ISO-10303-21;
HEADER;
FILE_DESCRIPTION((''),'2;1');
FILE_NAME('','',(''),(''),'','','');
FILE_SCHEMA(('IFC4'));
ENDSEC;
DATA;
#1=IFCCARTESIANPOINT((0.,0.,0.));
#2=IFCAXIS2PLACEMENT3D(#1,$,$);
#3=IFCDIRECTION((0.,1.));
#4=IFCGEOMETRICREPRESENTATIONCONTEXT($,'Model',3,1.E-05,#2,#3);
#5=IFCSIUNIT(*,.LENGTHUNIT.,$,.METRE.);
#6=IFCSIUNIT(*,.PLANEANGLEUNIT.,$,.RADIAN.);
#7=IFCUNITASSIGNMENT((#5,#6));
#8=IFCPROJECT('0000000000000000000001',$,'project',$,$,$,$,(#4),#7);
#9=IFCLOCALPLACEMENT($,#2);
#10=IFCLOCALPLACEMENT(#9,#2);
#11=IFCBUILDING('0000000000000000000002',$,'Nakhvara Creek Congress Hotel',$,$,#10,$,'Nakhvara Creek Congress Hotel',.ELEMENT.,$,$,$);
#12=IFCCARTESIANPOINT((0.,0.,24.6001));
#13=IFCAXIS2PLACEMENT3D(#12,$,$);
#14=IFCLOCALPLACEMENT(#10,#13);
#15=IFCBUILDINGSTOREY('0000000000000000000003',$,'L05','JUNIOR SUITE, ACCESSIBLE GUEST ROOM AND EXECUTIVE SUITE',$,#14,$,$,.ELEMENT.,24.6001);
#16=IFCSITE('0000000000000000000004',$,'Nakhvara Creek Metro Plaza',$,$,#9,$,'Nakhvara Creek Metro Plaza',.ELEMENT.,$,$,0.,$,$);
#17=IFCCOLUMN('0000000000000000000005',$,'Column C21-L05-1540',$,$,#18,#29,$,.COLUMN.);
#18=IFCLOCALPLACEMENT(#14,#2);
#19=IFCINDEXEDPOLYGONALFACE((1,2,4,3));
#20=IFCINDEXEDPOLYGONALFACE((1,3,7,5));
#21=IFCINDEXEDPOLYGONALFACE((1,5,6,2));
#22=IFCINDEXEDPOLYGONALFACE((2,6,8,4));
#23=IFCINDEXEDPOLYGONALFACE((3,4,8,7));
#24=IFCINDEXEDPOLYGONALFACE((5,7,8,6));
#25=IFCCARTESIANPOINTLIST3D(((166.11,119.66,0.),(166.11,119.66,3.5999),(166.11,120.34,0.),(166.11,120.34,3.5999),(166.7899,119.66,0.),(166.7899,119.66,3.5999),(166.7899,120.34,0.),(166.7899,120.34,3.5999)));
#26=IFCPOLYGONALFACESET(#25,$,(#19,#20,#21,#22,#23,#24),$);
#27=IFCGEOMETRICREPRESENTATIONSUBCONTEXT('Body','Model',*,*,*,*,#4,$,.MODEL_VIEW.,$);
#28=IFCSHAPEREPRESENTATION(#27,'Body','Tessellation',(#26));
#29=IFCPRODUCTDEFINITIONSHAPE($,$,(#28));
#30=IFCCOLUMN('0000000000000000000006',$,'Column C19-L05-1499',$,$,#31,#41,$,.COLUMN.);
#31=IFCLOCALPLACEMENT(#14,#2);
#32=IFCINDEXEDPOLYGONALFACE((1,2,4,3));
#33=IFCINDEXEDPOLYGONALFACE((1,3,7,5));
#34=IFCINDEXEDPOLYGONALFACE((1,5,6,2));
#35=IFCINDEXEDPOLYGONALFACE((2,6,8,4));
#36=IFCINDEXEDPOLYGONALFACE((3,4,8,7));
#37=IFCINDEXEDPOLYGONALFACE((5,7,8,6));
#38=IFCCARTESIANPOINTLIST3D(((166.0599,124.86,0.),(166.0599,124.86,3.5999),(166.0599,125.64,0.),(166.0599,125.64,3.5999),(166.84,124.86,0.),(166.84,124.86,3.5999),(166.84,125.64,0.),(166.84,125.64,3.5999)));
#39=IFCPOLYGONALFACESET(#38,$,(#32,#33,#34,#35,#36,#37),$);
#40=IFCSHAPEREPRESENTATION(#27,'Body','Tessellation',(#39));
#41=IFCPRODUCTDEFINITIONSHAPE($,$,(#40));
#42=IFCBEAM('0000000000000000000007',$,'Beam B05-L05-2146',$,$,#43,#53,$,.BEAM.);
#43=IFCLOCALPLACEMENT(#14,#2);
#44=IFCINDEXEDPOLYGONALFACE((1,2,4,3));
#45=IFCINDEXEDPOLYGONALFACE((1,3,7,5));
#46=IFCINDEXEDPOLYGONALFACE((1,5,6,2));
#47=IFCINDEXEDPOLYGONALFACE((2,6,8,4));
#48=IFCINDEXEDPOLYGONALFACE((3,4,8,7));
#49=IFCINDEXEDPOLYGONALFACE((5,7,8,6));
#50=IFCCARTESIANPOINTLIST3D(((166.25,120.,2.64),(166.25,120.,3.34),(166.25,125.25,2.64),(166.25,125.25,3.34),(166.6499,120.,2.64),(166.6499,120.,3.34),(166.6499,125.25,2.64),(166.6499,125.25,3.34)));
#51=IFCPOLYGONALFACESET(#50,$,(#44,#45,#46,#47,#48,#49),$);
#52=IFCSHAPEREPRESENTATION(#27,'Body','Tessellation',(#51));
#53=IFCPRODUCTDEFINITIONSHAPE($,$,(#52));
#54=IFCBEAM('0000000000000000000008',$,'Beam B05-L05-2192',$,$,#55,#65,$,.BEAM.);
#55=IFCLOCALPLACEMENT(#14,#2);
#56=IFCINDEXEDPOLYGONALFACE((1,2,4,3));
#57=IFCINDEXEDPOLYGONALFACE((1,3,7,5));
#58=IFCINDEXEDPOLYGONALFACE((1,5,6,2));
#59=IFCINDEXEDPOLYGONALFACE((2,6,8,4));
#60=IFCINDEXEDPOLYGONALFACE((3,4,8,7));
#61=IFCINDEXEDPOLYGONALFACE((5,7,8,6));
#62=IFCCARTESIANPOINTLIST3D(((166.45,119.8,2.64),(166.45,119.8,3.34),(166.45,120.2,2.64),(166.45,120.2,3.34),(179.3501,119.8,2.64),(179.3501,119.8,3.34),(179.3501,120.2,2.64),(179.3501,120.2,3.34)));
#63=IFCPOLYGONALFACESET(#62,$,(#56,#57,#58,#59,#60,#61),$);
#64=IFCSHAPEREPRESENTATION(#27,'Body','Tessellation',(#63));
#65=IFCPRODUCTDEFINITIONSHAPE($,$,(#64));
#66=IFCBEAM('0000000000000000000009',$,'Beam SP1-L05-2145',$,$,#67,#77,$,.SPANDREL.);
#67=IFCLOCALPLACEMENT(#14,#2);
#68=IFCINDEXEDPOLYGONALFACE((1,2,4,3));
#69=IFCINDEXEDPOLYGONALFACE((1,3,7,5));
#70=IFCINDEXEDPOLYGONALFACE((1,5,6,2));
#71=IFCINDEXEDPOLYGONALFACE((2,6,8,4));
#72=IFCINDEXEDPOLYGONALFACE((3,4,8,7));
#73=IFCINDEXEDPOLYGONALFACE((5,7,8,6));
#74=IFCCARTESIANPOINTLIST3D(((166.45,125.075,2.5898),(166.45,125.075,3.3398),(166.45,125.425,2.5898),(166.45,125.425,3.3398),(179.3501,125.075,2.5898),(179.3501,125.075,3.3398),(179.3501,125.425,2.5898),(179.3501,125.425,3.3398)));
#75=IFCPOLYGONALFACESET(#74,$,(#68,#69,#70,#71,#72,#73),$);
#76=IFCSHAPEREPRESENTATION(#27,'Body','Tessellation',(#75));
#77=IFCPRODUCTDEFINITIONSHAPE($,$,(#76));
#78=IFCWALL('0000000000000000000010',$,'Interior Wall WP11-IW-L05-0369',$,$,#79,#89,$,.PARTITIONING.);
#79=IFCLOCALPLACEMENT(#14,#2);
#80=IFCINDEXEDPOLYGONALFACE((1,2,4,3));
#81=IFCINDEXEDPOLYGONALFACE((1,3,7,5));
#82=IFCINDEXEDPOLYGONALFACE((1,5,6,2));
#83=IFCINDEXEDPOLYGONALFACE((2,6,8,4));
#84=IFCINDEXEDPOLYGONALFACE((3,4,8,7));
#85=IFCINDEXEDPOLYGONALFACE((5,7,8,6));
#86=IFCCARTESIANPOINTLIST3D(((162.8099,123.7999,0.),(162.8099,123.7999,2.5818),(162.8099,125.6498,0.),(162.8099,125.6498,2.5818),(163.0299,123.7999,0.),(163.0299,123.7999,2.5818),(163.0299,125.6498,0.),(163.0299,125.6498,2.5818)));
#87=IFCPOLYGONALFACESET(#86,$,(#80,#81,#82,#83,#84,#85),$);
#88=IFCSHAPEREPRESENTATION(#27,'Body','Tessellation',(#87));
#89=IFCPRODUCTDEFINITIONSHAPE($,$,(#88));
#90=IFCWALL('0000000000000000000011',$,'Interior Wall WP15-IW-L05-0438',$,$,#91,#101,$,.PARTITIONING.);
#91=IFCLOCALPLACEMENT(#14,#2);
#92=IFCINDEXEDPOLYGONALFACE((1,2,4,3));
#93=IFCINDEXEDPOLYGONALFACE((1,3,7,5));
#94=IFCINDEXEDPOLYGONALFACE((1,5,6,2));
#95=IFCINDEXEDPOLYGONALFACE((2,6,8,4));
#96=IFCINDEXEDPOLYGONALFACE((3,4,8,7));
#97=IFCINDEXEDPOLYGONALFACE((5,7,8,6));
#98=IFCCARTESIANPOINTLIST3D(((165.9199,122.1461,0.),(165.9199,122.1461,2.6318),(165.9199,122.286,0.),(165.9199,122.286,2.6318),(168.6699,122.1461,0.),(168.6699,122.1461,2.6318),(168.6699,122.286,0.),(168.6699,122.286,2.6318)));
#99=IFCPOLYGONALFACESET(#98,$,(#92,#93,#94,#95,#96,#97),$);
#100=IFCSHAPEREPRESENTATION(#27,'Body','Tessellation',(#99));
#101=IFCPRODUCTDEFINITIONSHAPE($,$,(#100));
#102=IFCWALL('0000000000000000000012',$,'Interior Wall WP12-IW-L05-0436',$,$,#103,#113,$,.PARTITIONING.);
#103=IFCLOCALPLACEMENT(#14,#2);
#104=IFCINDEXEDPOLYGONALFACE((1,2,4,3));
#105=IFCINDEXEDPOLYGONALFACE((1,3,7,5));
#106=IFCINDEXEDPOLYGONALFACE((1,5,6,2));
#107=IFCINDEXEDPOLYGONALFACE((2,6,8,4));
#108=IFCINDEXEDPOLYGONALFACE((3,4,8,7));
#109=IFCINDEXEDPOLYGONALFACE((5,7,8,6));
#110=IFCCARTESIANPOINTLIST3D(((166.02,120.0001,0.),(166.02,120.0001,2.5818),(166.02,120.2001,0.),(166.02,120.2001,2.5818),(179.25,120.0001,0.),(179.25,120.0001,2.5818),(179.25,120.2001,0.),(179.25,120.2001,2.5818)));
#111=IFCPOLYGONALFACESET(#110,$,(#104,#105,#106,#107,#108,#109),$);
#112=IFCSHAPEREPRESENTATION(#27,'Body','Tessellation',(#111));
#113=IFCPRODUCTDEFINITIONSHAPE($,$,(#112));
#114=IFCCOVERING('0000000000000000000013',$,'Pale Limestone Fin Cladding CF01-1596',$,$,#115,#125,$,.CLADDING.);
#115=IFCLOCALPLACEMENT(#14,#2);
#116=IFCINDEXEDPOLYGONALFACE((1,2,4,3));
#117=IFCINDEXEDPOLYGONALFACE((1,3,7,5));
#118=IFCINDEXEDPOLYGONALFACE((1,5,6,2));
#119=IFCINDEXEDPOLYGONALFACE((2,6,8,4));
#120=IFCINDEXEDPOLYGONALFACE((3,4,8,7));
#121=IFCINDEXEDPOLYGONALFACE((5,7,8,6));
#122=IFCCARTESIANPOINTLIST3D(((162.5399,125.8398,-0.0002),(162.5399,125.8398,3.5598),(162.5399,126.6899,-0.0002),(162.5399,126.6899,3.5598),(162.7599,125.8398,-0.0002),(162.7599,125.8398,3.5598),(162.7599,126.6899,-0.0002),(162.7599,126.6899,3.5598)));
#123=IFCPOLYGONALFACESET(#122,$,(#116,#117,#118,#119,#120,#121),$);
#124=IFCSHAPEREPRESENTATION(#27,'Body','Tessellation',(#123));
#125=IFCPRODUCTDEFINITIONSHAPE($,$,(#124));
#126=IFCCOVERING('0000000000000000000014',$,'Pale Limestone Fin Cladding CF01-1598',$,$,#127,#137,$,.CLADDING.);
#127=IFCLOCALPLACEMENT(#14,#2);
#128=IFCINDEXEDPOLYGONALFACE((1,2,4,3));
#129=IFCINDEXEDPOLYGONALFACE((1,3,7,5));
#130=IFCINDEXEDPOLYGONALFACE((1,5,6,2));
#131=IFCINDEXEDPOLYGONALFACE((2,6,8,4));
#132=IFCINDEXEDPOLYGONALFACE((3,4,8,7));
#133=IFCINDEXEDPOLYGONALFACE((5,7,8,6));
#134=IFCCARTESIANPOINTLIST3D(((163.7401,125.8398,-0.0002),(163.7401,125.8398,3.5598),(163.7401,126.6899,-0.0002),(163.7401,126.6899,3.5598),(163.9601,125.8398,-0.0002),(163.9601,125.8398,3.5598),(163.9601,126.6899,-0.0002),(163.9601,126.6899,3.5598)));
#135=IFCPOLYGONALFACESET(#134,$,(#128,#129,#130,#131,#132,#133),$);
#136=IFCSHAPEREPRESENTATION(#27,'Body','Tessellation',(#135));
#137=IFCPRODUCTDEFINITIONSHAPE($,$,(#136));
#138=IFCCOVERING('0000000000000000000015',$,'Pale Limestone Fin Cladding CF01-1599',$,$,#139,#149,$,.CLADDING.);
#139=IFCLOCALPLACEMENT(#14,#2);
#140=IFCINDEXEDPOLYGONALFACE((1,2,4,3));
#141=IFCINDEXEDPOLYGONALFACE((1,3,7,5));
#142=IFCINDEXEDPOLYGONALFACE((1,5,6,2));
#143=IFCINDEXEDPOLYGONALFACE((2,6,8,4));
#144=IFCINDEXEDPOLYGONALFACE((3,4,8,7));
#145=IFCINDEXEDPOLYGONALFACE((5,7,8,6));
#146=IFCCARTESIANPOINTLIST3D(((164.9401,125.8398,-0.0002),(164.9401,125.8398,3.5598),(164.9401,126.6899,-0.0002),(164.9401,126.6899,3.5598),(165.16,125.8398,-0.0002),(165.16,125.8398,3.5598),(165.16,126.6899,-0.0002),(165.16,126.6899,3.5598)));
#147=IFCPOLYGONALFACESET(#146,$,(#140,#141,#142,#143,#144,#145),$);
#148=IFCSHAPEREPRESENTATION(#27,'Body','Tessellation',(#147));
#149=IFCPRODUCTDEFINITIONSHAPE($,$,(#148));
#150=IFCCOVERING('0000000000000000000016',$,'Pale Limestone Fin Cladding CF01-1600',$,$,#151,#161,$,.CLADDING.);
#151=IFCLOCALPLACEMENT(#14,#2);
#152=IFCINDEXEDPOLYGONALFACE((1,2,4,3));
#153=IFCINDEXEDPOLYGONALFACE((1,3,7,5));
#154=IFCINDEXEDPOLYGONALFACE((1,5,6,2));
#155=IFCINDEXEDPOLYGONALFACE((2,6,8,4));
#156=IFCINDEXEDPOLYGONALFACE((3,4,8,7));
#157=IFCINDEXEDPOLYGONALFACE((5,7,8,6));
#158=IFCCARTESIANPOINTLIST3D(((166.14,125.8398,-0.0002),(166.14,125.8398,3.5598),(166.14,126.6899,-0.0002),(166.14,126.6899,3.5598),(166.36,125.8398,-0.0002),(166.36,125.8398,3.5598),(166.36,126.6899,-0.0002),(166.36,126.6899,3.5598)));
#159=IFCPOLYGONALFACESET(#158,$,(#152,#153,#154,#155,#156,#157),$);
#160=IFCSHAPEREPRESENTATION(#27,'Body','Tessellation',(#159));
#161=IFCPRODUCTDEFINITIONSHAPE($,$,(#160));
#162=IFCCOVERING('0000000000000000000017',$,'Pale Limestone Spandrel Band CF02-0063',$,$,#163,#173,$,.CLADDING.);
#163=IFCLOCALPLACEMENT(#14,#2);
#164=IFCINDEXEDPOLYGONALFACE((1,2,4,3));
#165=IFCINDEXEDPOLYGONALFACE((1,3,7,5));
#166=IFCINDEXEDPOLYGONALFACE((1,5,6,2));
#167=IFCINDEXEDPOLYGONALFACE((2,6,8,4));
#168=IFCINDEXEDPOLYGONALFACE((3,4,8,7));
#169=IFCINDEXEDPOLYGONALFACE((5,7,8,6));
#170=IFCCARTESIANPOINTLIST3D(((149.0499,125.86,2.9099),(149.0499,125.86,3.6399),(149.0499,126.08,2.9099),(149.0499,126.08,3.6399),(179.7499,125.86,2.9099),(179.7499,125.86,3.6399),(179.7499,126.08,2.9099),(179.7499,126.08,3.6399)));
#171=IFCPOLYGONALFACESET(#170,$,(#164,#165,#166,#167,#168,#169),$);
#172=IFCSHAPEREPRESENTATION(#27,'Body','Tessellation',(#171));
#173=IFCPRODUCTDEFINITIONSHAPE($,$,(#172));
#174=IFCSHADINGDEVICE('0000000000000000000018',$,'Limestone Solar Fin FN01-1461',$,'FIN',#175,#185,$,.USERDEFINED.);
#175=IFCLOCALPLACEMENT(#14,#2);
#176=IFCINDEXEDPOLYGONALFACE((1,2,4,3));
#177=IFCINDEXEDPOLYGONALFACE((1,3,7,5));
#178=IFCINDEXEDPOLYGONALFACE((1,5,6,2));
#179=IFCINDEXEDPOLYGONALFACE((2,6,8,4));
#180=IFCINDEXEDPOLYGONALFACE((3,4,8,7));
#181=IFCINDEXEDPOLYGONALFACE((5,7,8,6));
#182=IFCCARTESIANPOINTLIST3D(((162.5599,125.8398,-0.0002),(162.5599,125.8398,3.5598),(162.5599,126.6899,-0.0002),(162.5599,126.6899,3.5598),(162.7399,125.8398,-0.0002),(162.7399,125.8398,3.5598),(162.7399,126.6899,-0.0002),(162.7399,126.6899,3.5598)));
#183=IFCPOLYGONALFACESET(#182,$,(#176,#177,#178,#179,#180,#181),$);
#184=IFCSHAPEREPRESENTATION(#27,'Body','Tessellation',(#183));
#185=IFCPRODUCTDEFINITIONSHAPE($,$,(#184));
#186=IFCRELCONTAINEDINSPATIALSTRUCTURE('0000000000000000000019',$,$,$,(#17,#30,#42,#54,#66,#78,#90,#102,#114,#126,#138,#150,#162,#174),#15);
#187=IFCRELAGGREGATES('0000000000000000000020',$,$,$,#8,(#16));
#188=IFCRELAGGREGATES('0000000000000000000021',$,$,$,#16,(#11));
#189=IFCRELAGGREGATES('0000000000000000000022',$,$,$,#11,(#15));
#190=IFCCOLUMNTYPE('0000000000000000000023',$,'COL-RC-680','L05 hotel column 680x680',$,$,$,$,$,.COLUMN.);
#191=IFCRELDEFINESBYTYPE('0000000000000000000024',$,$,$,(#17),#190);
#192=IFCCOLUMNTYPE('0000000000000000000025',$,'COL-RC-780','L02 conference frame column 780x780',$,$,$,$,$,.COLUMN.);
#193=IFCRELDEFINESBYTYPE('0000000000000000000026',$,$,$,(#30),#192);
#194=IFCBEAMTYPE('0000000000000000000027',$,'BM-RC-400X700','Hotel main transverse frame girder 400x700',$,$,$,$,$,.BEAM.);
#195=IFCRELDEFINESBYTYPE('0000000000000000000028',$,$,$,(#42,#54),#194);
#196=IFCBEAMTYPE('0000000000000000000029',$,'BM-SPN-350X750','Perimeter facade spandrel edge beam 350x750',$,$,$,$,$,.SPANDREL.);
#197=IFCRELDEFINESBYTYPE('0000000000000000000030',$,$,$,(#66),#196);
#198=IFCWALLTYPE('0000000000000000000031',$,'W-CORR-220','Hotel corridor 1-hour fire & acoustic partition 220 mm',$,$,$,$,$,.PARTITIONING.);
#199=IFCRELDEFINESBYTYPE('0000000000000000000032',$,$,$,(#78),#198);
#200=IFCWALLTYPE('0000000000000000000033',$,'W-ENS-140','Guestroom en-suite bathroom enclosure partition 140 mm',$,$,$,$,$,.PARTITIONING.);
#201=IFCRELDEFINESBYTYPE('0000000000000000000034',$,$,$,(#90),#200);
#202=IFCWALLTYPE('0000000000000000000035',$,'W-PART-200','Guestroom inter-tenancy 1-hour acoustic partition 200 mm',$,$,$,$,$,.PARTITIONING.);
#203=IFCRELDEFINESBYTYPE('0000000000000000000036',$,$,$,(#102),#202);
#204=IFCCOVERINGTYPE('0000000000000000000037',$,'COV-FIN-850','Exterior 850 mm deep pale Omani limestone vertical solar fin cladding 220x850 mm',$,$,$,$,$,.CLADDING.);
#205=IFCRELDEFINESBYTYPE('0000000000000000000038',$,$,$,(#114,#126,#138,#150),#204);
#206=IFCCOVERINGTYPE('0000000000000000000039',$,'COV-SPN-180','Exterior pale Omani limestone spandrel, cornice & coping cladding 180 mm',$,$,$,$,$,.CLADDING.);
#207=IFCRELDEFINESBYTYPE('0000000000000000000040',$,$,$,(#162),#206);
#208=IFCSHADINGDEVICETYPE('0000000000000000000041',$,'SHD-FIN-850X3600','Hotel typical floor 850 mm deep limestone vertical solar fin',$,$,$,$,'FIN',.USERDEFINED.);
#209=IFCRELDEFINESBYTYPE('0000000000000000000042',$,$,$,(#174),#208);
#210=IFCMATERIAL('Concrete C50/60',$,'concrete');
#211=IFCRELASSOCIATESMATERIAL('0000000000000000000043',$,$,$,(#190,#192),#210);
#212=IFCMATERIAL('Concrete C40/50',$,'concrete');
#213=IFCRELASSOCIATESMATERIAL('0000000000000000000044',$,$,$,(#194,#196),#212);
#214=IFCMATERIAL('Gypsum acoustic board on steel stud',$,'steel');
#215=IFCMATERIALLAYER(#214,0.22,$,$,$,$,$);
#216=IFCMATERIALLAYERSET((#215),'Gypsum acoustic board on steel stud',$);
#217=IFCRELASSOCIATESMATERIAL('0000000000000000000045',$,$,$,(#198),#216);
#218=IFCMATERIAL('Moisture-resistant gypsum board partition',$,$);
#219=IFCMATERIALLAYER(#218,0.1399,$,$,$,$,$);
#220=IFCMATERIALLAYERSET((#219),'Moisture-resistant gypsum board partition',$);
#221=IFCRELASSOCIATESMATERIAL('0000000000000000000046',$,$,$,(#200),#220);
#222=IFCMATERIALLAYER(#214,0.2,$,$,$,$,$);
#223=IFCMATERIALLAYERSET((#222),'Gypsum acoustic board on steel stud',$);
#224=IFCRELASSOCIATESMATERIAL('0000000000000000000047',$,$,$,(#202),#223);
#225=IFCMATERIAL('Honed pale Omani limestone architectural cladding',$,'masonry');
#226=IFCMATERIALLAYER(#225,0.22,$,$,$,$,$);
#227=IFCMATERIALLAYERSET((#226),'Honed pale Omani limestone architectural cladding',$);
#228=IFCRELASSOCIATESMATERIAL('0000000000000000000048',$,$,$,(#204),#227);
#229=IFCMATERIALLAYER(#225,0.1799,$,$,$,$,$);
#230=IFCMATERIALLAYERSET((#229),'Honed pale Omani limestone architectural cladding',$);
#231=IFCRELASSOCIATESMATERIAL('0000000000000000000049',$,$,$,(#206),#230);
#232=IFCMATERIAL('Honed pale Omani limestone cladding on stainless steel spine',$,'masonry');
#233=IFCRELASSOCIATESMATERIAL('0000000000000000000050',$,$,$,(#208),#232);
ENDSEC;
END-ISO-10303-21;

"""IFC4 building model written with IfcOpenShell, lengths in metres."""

from ifc_helpers import new_model, si_unit, direction, frame, frame_2d, origin, origin_2d, place, context, subcontext, project, spatial, rectangle, extrude, material, layer, layer_set, material_profile, profile_set, type_object, element, save


model = new_model("IFC4")

# Units and contexts
model_context = context("Model", 3, precision=1e-05, world=origin(), true_north=direction((0.0, 1.0)))
body_context = subcontext(model_context, "Body", "Model", "MODEL_VIEW")
ifc_project = project(units=[si_unit("LENGTHUNIT", "METRE"), si_unit("PLANEANGLEUNIT", "RADIAN")], contexts=[model_context])

# Site, building, storey
site_placement = place(None, origin())
site = spatial("IfcSite", under=ifc_project, at=site_placement, Name="Nakhvara Creek Metro Plaza", LongName="Nakhvara Creek Metro Plaza", CompositionType="ELEMENT", RefElevation=0.0)
building_placement = place(site_placement, origin())
building = spatial("IfcBuilding", under=site, at=building_placement, Name="Nakhvara Creek Congress Hotel", LongName="Nakhvara Creek Congress Hotel", CompositionType="ELEMENT")
storey_placement = place(building_placement, frame((0.0, 0.0, 24.6001)))
storey = spatial("IfcBuildingStorey", under=building, at=storey_placement, Name="L05", Description="JUNIOR SUITE, ACCESSIBLE GUEST ROOM AND EXECUTIVE SUITE", CompositionType="ELEMENT", Elevation=24.6001)

# Columns
ifc_material_1 = material(Name="Concrete C50/60", Category="concrete")
ifc_material_profile_1 = material_profile(ifc_material_1, rectangle(XDim=0.6799, YDim=0.6799, at=origin_2d()), Name="RC-COL 680x680", Category="LoadBearing")
ifc_profile_set_1 = profile_set([ifc_material_profile_1], Name="Concrete C50/60")
column_type_1 = type_object("IfcColumnType", Name="COL-RC-680", Description="L05 hotel column 680x680", PredefinedType="COLUMN", material=ifc_profile_set_1)
column_1_placement = place(storey_placement, frame((166.45, 120.0, 0.0), z_axis=(0.0, 0.0, 1.0), x_axis=(1.0, 0.0, 0.0)))
element("IfcColumn", 1, at=column_1_placement, inside=storey, type_object=column_type_1, Name="Column C21-L05-1540", PredefinedType="COLUMN", context=body_context, shape_type="SweptSolid", body=[
    extrude(rectangle(XDim=0.6799, YDim=0.6799, at=origin_2d()), origin(), (0.0, 0.0, 1.0), 3.5999),
])
ifc_material_profile_2 = material_profile(ifc_material_1, rectangle(XDim=0.78, YDim=0.78, at=origin_2d()), Name="RC-COL 780x780", Category="LoadBearing")
ifc_profile_set_2 = profile_set([ifc_material_profile_2], Name="Concrete C50/60")
column_type_2 = type_object("IfcColumnType", Name="COL-RC-780", Description="L02 conference frame column 780x780", PredefinedType="COLUMN", material=ifc_profile_set_2)
column_2_placement = place(storey_placement, frame((166.45, 125.25, 0.0), z_axis=(0.0, 0.0, 1.0), x_axis=(1.0, 0.0, 0.0)))
element("IfcColumn", 2, at=column_2_placement, inside=storey, type_object=column_type_2, Name="Column C19-L05-1499", PredefinedType="COLUMN", context=body_context, shape_type="SweptSolid", body=[
    extrude(rectangle(XDim=0.78, YDim=0.78, at=origin_2d()), origin(), (0.0, 0.0, 1.0), 3.5999),
])

# Beams
ifc_material_2 = material(Name="Concrete C40/50", Category="concrete")
ifc_material_profile_3 = material_profile(ifc_material_2, rectangle(XDim=0.3999, YDim=0.7, at=origin_2d()), Name="RC-BM 400x700", Category="LoadBearing")
ifc_profile_set_3 = profile_set([ifc_material_profile_3], Name="Concrete C40/50")
beam_type_1 = type_object("IfcBeamType", Name="BM-RC-400X700", Description="Hotel main transverse frame girder 400x700", PredefinedType="BEAM", material=ifc_profile_set_3)
beam_1_placement = place(storey_placement, frame((166.45, 120.0, 2.99), z_axis=(0.0, 1.0, 0.0), x_axis=(-1.0, 0.0, 0.0)))
element("IfcBeam", 3, at=beam_1_placement, inside=storey, type_object=beam_type_1, Name="Beam B05-L05-2146", PredefinedType="BEAM", context=body_context, shape_type="SweptSolid", body=[
    extrude(rectangle(XDim=0.3999, YDim=0.7, at=origin_2d()), origin(), (0.0, 0.0, 1.0), 5.25),
])
beam_2_placement = place(storey_placement, frame((166.45, 120.0, 2.99), z_axis=(1.0, 0.0, 0.0), x_axis=(0.0, 1.0, 0.0)))
element("IfcBeam", 4, at=beam_2_placement, inside=storey, type_object=beam_type_1, Name="Beam B05-L05-2192", PredefinedType="BEAM", context=body_context, shape_type="SweptSolid", body=[
    extrude(rectangle(XDim=0.3999, YDim=0.7, at=origin_2d()), origin(), (0.0, 0.0, 1.0), 12.9001),
])
ifc_material_profile_4 = material_profile(ifc_material_2, rectangle(XDim=0.3501, YDim=0.75, at=origin_2d()), Name="RC-SPANDREL 350x750", Category="LoadBearing")
ifc_profile_set_4 = profile_set([ifc_material_profile_4], Name="Concrete C40/50")
beam_type_2 = type_object("IfcBeamType", Name="BM-SPN-350X750", Description="Perimeter facade spandrel edge beam 350x750", PredefinedType="SPANDREL", material=ifc_profile_set_4)
beam_3_placement = place(storey_placement, frame((166.45, 125.25, 2.9648), z_axis=(1.0, 0.0, 0.0), x_axis=(0.0, 1.0, 0.0)))
element("IfcBeam", 5, at=beam_3_placement, inside=storey, type_object=beam_type_2, Name="Beam SP1-L05-2145", PredefinedType="SPANDREL", context=body_context, shape_type="SweptSolid", body=[
    extrude(rectangle(XDim=0.3501, YDim=0.75, at=origin_2d()), origin(), (0.0, 0.0, 1.0), 12.9001),
])

# Walls
ifc_material_3 = material(Name="Gypsum acoustic board on steel stud", Category="steel")
ifc_layer_1 = layer(ifc_material_3, 0.22)
ifc_layer_set_1 = layer_set([ifc_layer_1], Name="Gypsum acoustic board on steel stud")
wall_type_1 = type_object("IfcWallType", Name="W-CORR-220", Description="Hotel corridor 1-hour fire & acoustic partition 220 mm", PredefinedType="PARTITIONING", material=ifc_layer_set_1)
wall_1_placement = place(storey_placement, frame((162.9199, 123.8, 0.0), z_axis=(0.0, 0.0, 1.0), x_axis=(0.0, 1.0, 0.0)))
element("IfcWall", 6, at=wall_1_placement, inside=storey, type_object=wall_type_1, Name="Interior Wall WP11-IW-L05-0369", PredefinedType="PARTITIONING", context=body_context, shape_type="SweptSolid", body=[
    extrude(rectangle(XDim=1.8499, YDim=0.22, at=frame_2d((0.9248, 0.0))), origin(), (0.0, 0.0, 1.0), 2.5818),
])
ifc_material_4 = material(Name="Moisture-resistant gypsum board partition")
ifc_layer_2 = layer(ifc_material_4, 0.1399)
ifc_layer_set_2 = layer_set([ifc_layer_2], Name="Moisture-resistant gypsum board partition")
wall_type_2 = type_object("IfcWallType", Name="W-ENS-140", Description="Guestroom en-suite bathroom enclosure partition 140 mm", PredefinedType="PARTITIONING", material=ifc_layer_set_2)
wall_2_placement = place(storey_placement, frame((165.9199, 122.2161, 0.0), z_axis=(0.0, 0.0, 1.0), x_axis=(1.0, 0.0, 0.0)))
element("IfcWall", 7, at=wall_2_placement, inside=storey, type_object=wall_type_2, Name="Interior Wall WP15-IW-L05-0438", PredefinedType="PARTITIONING", context=body_context, shape_type="SweptSolid", body=[
    extrude(rectangle(XDim=2.75, YDim=0.1399, at=frame_2d((1.375, 0.0))), origin(), (0.0, 0.0, 1.0), 2.6318),
])
ifc_layer_3 = layer(ifc_material_3, 0.2)
ifc_layer_set_3 = layer_set([ifc_layer_3], Name="Gypsum acoustic board on steel stud")
wall_type_3 = type_object("IfcWallType", Name="W-PART-200", Description="Guestroom inter-tenancy 1-hour acoustic partition 200 mm", PredefinedType="PARTITIONING", material=ifc_layer_set_3)
wall_3_placement = place(storey_placement, frame((166.02, 120.1001, 0.0), z_axis=(0.0, 0.0, 1.0), x_axis=(1.0, 0.0, 0.0)))
element("IfcWall", 8, at=wall_3_placement, inside=storey, type_object=wall_type_3, Name="Interior Wall WP12-IW-L05-0436", PredefinedType="PARTITIONING", context=body_context, shape_type="SweptSolid", body=[
    extrude(rectangle(XDim=13.23, YDim=0.2, at=frame_2d((6.615, 0.0))), origin(), (0.0, 0.0, 1.0), 2.5818),
])

# Coverings
ifc_material_5 = material(Name="Honed pale Omani limestone architectural cladding", Category="masonry")
ifc_layer_4 = layer(ifc_material_5, 0.22)
ifc_layer_set_4 = layer_set([ifc_layer_4], Name="Honed pale Omani limestone architectural cladding")
covering_type_1 = type_object("IfcCoveringType", Name="COV-FIN-850", Description="Exterior 850 mm deep pale Omani limestone vertical solar fin cladding 220x850 mm", PredefinedType="CLADDING", material=ifc_layer_set_4)
for number, where, z_axis, x_axis, name in (
    (9, (162.6499, 126.2649, -0.0002), (0.0, 0.0, 1.0), (1.0, 0.0, 0.0), "Pale Limestone Fin Cladding CF01-1596"),
    (10, (163.8501, 126.2649, -0.0002), (0.0, 0.0, 1.0), (1.0, 0.0, 0.0), "Pale Limestone Fin Cladding CF01-1598"),
    (11, (165.05, 126.2649, -0.0002), (0.0, 0.0, 1.0), (1.0, 0.0, 0.0), "Pale Limestone Fin Cladding CF01-1599"),
    (12, (166.25, 126.2649, -0.0002), (0.0, 0.0, 1.0), (1.0, 0.0, 0.0), "Pale Limestone Fin Cladding CF01-1600"),
):
    element("IfcCovering", number, at=place(storey_placement, frame(where, z_axis=z_axis, x_axis=x_axis)), inside=storey, type_object=covering_type_1, Name=name, PredefinedType="CLADDING", context=body_context, shape_type="SweptSolid", body=[
        extrude(rectangle(XDim=0.22, YDim=0.8501, at=origin_2d()), origin(), (0.0, 0.0, 1.0), 3.5601),
    ])
ifc_layer_5 = layer(ifc_material_5, 0.1799)
ifc_layer_set_5 = layer_set([ifc_layer_5], Name="Honed pale Omani limestone architectural cladding")
covering_type_2 = type_object("IfcCoveringType", Name="COV-SPN-180", Description="Exterior pale Omani limestone spandrel, cornice & coping cladding 180 mm", PredefinedType="CLADDING", material=ifc_layer_set_5)
covering_placement = place(storey_placement, frame((164.3999, 125.97, 2.9099), z_axis=(0.0, 0.0, 1.0), x_axis=(1.0, 0.0, 0.0)))
element("IfcCovering", 13, at=covering_placement, inside=storey, type_object=covering_type_2, Name="Pale Limestone Spandrel Band CF02-0063", PredefinedType="CLADDING", context=body_context, shape_type="SweptSolid", body=[
    extrude(rectangle(XDim=30.7, YDim=0.22, at=origin_2d()), origin(), (0.0, 0.0, 1.0), 0.73),
])

# Shading device
ifc_material_6 = material(Name="Honed pale Omani limestone cladding on stainless steel spine", Category="masonry")
shading_device_type = type_object("IfcShadingDeviceType", Name="SHD-FIN-850X3600", Description="Hotel typical floor 850 mm deep limestone vertical solar fin", ElementType="FIN", PredefinedType="USERDEFINED", material=ifc_material_6)
for number, where, z_axis, x_axis, name in (
    (14, (162.6499, 126.2649, -0.0002), (0.0, 0.0, 1.0), (1.0, 0.0, 0.0), "Limestone Solar Fin FN01-1461"),
):
    element("IfcShadingDevice", number, at=place(storey_placement, frame(where, z_axis=z_axis, x_axis=x_axis)), inside=storey, type_object=shading_device_type, Name=name, ObjectType="FIN", PredefinedType="USERDEFINED", context=body_context, shape_type="SweptSolid", body=[
        extrude(rectangle(XDim=0.1799, YDim=0.8501, at=origin_2d()), origin(), (0.0, 0.0, 1.0), 3.5601),
    ])

save(model, "model.ifc")
